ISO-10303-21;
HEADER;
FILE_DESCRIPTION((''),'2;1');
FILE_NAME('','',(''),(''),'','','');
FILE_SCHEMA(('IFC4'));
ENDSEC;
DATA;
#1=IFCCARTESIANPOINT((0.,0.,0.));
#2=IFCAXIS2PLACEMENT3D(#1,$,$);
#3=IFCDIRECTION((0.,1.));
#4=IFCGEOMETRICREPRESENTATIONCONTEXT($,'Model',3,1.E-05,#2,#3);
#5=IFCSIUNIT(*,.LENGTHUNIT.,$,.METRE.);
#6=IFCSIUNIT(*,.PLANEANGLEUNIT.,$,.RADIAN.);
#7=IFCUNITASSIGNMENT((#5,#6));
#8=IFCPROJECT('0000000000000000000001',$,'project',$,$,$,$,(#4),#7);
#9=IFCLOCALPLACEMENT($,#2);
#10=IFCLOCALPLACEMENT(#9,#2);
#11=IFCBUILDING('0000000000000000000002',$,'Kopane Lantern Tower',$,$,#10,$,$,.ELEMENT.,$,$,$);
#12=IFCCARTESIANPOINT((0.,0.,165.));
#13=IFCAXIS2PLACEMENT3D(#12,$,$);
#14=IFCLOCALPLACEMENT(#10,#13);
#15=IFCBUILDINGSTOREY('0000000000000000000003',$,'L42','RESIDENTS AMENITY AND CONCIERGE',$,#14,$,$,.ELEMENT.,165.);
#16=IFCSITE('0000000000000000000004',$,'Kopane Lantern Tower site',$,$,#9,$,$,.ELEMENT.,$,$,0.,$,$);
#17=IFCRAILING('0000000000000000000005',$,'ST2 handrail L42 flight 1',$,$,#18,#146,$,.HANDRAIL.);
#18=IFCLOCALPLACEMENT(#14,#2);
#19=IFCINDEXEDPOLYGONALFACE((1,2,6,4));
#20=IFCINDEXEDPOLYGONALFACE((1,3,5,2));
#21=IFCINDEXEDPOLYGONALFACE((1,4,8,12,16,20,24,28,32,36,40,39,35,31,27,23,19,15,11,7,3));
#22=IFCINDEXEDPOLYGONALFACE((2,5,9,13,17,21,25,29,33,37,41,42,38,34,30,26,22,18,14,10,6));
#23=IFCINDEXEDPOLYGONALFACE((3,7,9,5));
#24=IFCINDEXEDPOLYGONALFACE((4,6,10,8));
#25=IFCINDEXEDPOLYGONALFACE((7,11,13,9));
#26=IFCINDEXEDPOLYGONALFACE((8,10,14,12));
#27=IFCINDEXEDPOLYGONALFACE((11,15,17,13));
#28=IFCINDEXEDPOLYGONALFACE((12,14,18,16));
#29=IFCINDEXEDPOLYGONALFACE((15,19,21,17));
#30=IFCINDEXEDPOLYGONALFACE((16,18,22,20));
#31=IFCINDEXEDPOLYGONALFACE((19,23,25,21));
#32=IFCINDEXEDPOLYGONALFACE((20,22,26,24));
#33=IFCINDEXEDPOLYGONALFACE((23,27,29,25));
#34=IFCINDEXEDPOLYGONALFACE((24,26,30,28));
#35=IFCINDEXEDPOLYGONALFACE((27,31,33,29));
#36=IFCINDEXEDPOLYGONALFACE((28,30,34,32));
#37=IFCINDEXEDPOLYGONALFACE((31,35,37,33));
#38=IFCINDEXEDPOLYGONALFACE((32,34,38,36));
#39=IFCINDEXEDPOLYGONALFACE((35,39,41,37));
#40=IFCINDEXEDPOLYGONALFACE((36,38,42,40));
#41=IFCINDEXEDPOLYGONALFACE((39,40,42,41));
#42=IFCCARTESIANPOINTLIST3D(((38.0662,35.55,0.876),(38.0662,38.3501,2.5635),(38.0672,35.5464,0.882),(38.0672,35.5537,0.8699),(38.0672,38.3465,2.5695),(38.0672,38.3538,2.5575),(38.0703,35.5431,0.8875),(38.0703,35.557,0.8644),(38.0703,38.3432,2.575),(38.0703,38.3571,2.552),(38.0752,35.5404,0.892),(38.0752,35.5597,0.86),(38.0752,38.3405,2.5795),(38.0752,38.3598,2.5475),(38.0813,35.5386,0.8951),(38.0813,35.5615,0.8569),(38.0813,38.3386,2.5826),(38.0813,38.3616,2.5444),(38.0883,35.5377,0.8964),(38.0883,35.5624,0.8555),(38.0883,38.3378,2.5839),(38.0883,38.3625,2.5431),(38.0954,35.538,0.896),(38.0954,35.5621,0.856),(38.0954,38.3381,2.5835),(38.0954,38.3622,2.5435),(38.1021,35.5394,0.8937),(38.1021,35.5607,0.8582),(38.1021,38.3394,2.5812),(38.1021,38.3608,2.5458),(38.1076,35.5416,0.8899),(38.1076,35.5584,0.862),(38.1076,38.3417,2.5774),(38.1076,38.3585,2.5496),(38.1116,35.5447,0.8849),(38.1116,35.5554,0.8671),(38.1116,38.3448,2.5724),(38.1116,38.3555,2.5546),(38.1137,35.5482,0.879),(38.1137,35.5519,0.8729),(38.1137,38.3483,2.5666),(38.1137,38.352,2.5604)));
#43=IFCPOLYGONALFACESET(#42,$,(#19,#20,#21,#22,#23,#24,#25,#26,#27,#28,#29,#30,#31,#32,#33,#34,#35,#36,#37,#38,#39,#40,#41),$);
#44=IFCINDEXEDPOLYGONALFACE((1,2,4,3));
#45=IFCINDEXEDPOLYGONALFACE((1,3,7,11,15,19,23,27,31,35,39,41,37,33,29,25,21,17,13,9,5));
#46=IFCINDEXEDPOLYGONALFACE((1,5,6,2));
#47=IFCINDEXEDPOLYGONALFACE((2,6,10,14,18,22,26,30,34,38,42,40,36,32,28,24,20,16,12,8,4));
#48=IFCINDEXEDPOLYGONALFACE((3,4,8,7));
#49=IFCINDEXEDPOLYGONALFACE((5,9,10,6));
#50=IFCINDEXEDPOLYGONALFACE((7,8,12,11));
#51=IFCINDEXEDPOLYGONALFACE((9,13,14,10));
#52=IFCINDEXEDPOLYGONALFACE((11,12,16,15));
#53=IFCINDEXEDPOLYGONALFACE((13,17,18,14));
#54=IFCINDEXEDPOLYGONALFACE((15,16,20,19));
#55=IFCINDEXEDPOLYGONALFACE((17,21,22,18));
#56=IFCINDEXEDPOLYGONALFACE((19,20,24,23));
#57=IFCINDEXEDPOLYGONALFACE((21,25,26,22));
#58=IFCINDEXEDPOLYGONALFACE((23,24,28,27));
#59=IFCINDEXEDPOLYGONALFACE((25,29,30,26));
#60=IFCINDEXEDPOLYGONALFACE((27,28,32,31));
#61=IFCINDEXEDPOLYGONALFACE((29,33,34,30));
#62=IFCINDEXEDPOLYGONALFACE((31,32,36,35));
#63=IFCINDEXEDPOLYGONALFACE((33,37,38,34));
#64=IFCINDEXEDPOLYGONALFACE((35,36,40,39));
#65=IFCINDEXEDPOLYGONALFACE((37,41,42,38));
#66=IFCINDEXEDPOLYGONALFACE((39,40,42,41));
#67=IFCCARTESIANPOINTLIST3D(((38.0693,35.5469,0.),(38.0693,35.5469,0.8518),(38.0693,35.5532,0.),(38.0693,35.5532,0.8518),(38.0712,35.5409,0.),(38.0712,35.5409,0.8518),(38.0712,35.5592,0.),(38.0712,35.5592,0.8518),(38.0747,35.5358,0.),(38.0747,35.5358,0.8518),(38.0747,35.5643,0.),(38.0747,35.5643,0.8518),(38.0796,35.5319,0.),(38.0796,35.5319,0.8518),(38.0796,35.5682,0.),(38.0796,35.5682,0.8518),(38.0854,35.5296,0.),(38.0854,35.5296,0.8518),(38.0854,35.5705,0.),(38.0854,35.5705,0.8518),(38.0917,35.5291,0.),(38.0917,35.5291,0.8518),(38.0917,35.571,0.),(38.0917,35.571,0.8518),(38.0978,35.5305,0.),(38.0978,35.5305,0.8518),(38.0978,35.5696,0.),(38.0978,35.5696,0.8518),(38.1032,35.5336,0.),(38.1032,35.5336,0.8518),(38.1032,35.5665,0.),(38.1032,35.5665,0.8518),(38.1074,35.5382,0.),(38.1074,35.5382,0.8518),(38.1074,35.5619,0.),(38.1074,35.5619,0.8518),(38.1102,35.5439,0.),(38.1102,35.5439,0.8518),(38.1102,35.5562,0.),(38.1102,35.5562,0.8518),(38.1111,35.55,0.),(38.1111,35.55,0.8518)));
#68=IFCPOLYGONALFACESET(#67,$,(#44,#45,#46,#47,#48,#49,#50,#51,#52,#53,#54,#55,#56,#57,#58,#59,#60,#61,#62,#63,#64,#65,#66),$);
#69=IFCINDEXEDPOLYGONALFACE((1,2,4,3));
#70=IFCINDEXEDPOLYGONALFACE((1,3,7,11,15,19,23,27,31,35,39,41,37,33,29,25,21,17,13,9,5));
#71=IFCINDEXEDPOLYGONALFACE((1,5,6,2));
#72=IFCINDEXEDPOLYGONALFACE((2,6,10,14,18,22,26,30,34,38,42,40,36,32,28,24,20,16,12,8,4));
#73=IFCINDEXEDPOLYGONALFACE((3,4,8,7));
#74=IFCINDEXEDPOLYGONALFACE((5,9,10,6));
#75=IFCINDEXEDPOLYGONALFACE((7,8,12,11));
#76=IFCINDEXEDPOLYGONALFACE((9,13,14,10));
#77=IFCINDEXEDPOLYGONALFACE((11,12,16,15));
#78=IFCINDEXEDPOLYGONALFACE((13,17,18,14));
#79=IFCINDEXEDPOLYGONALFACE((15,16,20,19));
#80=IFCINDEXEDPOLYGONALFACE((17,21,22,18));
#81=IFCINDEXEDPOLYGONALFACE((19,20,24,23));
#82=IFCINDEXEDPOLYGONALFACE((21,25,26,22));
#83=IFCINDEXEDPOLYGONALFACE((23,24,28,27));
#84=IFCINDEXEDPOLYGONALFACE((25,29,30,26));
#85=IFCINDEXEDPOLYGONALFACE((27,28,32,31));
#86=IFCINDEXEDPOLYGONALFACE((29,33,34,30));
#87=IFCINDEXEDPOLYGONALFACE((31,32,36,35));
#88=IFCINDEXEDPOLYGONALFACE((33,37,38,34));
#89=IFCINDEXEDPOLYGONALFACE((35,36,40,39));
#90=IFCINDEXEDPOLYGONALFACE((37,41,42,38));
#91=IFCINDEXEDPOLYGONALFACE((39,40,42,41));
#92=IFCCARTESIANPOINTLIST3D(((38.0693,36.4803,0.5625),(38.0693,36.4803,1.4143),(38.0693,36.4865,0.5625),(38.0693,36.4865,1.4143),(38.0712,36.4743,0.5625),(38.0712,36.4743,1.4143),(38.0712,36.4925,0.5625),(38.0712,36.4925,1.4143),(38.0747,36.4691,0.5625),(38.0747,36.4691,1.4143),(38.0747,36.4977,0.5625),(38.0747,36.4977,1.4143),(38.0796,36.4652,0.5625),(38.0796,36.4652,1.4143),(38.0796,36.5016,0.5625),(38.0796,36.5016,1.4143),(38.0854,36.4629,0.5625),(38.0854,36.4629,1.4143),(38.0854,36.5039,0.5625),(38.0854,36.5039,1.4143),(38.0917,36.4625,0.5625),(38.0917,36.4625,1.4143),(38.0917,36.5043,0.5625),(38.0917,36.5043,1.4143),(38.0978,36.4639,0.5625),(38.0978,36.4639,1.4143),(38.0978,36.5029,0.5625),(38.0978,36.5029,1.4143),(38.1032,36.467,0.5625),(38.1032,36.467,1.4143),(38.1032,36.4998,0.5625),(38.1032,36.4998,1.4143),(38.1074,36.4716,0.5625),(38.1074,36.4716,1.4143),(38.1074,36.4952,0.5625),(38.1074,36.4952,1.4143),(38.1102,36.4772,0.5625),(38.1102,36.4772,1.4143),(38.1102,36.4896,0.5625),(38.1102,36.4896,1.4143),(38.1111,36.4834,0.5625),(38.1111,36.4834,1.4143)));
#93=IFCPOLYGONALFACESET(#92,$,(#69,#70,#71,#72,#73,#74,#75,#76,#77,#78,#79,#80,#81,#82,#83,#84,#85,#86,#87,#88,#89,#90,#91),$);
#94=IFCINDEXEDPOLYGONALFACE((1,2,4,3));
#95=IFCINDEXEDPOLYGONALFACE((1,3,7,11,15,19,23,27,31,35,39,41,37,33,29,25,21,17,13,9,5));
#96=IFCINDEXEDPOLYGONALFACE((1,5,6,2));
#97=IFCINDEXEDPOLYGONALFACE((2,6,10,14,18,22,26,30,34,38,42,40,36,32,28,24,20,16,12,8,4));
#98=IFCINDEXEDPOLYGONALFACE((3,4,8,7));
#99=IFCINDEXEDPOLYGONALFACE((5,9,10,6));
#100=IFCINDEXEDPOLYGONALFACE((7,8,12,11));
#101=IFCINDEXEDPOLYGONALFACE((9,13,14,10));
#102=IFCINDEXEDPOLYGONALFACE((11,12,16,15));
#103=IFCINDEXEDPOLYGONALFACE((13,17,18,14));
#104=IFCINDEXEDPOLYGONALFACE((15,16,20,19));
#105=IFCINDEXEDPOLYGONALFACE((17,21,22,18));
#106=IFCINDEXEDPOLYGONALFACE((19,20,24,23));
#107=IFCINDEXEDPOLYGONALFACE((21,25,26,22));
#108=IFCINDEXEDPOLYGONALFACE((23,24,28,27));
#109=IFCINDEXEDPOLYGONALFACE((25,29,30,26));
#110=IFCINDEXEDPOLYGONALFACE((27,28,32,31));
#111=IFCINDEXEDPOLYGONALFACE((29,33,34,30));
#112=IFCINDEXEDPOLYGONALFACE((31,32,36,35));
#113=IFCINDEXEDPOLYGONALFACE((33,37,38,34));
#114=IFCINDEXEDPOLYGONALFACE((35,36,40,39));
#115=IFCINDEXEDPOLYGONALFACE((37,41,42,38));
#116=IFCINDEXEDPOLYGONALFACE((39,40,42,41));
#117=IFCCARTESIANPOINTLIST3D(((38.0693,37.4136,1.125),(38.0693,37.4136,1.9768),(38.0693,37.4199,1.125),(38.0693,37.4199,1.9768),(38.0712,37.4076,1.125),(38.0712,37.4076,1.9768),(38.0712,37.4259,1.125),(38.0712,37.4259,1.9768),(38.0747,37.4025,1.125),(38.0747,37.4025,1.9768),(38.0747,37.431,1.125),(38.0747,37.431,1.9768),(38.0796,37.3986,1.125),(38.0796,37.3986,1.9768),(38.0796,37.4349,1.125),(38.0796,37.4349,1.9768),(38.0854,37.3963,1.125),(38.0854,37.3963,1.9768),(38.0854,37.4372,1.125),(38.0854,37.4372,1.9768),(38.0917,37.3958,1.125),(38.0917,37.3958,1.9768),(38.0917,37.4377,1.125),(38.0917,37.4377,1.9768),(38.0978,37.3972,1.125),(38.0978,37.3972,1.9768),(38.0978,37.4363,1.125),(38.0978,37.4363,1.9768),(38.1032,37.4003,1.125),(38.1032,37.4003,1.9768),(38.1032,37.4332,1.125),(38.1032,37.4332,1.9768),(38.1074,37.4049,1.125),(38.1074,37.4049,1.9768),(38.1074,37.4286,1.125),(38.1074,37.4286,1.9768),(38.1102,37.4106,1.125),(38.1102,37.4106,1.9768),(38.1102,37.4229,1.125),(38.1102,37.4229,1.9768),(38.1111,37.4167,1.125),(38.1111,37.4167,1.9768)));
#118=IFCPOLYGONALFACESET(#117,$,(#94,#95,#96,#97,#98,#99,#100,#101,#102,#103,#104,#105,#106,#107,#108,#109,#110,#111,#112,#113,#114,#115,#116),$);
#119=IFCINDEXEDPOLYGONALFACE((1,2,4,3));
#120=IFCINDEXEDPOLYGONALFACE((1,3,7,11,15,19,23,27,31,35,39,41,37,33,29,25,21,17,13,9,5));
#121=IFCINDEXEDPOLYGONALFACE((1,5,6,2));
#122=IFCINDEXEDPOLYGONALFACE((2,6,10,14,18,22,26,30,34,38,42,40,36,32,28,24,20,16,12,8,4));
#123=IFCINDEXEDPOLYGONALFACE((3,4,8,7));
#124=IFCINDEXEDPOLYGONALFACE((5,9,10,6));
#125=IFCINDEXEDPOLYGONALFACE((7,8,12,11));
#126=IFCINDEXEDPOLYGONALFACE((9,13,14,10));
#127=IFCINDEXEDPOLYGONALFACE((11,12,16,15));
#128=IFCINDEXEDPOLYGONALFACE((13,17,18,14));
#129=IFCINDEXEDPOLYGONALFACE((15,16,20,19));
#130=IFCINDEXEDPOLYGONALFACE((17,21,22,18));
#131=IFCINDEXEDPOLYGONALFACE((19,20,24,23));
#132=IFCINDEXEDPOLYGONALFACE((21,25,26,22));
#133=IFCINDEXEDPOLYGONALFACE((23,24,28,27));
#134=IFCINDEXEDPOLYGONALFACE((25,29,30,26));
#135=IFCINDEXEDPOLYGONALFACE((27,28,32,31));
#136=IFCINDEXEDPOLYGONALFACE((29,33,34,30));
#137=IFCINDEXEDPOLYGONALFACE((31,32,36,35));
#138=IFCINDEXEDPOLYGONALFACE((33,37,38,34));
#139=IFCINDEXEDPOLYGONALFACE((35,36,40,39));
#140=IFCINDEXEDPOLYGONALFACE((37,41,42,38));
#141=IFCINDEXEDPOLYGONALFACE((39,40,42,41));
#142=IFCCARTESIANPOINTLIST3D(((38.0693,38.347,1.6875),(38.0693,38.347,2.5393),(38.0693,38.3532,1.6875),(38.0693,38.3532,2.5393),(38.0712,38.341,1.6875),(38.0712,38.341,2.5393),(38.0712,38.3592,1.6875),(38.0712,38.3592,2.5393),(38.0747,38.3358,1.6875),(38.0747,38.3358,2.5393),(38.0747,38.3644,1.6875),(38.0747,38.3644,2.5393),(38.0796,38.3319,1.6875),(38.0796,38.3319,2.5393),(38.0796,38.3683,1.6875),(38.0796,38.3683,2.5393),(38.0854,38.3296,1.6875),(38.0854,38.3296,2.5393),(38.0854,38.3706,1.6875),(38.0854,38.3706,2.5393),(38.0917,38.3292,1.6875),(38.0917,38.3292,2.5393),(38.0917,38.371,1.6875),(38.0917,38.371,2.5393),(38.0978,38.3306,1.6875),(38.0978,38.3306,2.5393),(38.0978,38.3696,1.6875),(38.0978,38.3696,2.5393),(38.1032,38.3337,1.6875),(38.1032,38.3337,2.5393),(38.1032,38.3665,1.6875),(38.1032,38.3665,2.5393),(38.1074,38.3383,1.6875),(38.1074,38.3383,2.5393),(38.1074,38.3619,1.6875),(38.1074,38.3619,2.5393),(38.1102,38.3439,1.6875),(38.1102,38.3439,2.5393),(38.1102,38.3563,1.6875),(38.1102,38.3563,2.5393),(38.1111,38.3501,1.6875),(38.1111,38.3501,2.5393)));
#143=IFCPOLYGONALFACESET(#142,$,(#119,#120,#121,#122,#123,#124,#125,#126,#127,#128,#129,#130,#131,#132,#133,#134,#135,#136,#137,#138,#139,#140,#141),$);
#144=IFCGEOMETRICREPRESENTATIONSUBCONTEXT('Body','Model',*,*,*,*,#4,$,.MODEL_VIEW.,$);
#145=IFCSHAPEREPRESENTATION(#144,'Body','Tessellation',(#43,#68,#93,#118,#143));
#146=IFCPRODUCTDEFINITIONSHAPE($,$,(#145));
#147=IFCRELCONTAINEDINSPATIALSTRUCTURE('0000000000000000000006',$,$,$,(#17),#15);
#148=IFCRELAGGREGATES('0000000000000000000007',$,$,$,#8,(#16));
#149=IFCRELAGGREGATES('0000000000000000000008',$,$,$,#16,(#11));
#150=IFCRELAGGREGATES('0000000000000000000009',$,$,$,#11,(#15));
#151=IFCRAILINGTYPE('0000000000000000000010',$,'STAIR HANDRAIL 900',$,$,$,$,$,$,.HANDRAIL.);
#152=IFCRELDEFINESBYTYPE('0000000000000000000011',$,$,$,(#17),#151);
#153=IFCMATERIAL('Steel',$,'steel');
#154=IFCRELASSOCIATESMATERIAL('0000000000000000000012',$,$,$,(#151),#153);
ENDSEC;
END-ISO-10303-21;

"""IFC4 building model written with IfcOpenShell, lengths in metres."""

from ifc_helpers import new_model, si_unit, direction, frame, origin, origin_2d, place, context, subcontext, project, spatial, circle, extrude, material, type_object, element, save


model = new_model("IFC4")

# Units and contexts
model_context = context("Model", 3, precision=1e-05, world=origin(), true_north=direction((0.0, 1.0)))
body_context = subcontext(model_context, "Body", "Model", "MODEL_VIEW")
ifc_project = project(units=[si_unit("LENGTHUNIT", "METRE"), si_unit("PLANEANGLEUNIT", "RADIAN")], contexts=[model_context])

# Site, building, storey
site_placement = place(None, origin())
site = spatial("IfcSite", under=ifc_project, at=site_placement, Name="Kopane Lantern Tower site", CompositionType="ELEMENT", RefElevation=0.0)
building_placement = place(site_placement, origin())
building = spatial("IfcBuilding", under=site, at=building_placement, Name="Kopane Lantern Tower", CompositionType="ELEMENT")
storey_placement = place(building_placement, frame((0.0, 0.0, 165.0)))
storey = spatial("IfcBuildingStorey", under=building, at=storey_placement, Name="L42", Description="RESIDENTS AMENITY AND CONCIERGE", CompositionType="ELEMENT", Elevation=165.0)

# Railing
ifc_material_1 = material(Name="Steel", Category="steel")
railing_type_1 = type_object("IfcRailingType", Name="STAIR HANDRAIL 900", PredefinedType="HANDRAIL", material=ifc_material_1)
for number, where, name in (
    (1, (38.0901, 35.55, 0.0), "ST2 handrail L42 flight 1"),
):
    element("IfcRailing", number, at=place(storey_placement, frame(where)), inside=storey, type_object=railing_type_1, Name=name, PredefinedType="HANDRAIL", context=body_context, shape_type="SweptSolid", body=[
        extrude(circle(Radius=0.0239, at=origin_2d()), frame((0.0, 0.0, 0.876), z_axis=(0.0, 0.856483, 0.516175), x_axis=(-1.0, 0.0, 0.0)), (0.0, 0.0, 1.0), 3.2693),
        extrude(circle(Radius=0.021, at=origin_2d()), origin(), (0.0, 0.0, 1.0), 0.8518),
        extrude(circle(Radius=0.021, at=origin_2d()), frame((0.0, 0.9333, 0.5625)), (0.0, 0.0, 1.0), 0.8518),
        extrude(circle(Radius=0.021, at=origin_2d()), frame((0.0, 1.8667, 1.125)), (0.0, 0.0, 1.0), 0.8518),
        extrude(circle(Radius=0.021, at=origin_2d()), frame((0.0, 2.8, 1.6875)), (0.0, 0.0, 1.0), 0.8518),
    ])

save(model, "model.ifc")
